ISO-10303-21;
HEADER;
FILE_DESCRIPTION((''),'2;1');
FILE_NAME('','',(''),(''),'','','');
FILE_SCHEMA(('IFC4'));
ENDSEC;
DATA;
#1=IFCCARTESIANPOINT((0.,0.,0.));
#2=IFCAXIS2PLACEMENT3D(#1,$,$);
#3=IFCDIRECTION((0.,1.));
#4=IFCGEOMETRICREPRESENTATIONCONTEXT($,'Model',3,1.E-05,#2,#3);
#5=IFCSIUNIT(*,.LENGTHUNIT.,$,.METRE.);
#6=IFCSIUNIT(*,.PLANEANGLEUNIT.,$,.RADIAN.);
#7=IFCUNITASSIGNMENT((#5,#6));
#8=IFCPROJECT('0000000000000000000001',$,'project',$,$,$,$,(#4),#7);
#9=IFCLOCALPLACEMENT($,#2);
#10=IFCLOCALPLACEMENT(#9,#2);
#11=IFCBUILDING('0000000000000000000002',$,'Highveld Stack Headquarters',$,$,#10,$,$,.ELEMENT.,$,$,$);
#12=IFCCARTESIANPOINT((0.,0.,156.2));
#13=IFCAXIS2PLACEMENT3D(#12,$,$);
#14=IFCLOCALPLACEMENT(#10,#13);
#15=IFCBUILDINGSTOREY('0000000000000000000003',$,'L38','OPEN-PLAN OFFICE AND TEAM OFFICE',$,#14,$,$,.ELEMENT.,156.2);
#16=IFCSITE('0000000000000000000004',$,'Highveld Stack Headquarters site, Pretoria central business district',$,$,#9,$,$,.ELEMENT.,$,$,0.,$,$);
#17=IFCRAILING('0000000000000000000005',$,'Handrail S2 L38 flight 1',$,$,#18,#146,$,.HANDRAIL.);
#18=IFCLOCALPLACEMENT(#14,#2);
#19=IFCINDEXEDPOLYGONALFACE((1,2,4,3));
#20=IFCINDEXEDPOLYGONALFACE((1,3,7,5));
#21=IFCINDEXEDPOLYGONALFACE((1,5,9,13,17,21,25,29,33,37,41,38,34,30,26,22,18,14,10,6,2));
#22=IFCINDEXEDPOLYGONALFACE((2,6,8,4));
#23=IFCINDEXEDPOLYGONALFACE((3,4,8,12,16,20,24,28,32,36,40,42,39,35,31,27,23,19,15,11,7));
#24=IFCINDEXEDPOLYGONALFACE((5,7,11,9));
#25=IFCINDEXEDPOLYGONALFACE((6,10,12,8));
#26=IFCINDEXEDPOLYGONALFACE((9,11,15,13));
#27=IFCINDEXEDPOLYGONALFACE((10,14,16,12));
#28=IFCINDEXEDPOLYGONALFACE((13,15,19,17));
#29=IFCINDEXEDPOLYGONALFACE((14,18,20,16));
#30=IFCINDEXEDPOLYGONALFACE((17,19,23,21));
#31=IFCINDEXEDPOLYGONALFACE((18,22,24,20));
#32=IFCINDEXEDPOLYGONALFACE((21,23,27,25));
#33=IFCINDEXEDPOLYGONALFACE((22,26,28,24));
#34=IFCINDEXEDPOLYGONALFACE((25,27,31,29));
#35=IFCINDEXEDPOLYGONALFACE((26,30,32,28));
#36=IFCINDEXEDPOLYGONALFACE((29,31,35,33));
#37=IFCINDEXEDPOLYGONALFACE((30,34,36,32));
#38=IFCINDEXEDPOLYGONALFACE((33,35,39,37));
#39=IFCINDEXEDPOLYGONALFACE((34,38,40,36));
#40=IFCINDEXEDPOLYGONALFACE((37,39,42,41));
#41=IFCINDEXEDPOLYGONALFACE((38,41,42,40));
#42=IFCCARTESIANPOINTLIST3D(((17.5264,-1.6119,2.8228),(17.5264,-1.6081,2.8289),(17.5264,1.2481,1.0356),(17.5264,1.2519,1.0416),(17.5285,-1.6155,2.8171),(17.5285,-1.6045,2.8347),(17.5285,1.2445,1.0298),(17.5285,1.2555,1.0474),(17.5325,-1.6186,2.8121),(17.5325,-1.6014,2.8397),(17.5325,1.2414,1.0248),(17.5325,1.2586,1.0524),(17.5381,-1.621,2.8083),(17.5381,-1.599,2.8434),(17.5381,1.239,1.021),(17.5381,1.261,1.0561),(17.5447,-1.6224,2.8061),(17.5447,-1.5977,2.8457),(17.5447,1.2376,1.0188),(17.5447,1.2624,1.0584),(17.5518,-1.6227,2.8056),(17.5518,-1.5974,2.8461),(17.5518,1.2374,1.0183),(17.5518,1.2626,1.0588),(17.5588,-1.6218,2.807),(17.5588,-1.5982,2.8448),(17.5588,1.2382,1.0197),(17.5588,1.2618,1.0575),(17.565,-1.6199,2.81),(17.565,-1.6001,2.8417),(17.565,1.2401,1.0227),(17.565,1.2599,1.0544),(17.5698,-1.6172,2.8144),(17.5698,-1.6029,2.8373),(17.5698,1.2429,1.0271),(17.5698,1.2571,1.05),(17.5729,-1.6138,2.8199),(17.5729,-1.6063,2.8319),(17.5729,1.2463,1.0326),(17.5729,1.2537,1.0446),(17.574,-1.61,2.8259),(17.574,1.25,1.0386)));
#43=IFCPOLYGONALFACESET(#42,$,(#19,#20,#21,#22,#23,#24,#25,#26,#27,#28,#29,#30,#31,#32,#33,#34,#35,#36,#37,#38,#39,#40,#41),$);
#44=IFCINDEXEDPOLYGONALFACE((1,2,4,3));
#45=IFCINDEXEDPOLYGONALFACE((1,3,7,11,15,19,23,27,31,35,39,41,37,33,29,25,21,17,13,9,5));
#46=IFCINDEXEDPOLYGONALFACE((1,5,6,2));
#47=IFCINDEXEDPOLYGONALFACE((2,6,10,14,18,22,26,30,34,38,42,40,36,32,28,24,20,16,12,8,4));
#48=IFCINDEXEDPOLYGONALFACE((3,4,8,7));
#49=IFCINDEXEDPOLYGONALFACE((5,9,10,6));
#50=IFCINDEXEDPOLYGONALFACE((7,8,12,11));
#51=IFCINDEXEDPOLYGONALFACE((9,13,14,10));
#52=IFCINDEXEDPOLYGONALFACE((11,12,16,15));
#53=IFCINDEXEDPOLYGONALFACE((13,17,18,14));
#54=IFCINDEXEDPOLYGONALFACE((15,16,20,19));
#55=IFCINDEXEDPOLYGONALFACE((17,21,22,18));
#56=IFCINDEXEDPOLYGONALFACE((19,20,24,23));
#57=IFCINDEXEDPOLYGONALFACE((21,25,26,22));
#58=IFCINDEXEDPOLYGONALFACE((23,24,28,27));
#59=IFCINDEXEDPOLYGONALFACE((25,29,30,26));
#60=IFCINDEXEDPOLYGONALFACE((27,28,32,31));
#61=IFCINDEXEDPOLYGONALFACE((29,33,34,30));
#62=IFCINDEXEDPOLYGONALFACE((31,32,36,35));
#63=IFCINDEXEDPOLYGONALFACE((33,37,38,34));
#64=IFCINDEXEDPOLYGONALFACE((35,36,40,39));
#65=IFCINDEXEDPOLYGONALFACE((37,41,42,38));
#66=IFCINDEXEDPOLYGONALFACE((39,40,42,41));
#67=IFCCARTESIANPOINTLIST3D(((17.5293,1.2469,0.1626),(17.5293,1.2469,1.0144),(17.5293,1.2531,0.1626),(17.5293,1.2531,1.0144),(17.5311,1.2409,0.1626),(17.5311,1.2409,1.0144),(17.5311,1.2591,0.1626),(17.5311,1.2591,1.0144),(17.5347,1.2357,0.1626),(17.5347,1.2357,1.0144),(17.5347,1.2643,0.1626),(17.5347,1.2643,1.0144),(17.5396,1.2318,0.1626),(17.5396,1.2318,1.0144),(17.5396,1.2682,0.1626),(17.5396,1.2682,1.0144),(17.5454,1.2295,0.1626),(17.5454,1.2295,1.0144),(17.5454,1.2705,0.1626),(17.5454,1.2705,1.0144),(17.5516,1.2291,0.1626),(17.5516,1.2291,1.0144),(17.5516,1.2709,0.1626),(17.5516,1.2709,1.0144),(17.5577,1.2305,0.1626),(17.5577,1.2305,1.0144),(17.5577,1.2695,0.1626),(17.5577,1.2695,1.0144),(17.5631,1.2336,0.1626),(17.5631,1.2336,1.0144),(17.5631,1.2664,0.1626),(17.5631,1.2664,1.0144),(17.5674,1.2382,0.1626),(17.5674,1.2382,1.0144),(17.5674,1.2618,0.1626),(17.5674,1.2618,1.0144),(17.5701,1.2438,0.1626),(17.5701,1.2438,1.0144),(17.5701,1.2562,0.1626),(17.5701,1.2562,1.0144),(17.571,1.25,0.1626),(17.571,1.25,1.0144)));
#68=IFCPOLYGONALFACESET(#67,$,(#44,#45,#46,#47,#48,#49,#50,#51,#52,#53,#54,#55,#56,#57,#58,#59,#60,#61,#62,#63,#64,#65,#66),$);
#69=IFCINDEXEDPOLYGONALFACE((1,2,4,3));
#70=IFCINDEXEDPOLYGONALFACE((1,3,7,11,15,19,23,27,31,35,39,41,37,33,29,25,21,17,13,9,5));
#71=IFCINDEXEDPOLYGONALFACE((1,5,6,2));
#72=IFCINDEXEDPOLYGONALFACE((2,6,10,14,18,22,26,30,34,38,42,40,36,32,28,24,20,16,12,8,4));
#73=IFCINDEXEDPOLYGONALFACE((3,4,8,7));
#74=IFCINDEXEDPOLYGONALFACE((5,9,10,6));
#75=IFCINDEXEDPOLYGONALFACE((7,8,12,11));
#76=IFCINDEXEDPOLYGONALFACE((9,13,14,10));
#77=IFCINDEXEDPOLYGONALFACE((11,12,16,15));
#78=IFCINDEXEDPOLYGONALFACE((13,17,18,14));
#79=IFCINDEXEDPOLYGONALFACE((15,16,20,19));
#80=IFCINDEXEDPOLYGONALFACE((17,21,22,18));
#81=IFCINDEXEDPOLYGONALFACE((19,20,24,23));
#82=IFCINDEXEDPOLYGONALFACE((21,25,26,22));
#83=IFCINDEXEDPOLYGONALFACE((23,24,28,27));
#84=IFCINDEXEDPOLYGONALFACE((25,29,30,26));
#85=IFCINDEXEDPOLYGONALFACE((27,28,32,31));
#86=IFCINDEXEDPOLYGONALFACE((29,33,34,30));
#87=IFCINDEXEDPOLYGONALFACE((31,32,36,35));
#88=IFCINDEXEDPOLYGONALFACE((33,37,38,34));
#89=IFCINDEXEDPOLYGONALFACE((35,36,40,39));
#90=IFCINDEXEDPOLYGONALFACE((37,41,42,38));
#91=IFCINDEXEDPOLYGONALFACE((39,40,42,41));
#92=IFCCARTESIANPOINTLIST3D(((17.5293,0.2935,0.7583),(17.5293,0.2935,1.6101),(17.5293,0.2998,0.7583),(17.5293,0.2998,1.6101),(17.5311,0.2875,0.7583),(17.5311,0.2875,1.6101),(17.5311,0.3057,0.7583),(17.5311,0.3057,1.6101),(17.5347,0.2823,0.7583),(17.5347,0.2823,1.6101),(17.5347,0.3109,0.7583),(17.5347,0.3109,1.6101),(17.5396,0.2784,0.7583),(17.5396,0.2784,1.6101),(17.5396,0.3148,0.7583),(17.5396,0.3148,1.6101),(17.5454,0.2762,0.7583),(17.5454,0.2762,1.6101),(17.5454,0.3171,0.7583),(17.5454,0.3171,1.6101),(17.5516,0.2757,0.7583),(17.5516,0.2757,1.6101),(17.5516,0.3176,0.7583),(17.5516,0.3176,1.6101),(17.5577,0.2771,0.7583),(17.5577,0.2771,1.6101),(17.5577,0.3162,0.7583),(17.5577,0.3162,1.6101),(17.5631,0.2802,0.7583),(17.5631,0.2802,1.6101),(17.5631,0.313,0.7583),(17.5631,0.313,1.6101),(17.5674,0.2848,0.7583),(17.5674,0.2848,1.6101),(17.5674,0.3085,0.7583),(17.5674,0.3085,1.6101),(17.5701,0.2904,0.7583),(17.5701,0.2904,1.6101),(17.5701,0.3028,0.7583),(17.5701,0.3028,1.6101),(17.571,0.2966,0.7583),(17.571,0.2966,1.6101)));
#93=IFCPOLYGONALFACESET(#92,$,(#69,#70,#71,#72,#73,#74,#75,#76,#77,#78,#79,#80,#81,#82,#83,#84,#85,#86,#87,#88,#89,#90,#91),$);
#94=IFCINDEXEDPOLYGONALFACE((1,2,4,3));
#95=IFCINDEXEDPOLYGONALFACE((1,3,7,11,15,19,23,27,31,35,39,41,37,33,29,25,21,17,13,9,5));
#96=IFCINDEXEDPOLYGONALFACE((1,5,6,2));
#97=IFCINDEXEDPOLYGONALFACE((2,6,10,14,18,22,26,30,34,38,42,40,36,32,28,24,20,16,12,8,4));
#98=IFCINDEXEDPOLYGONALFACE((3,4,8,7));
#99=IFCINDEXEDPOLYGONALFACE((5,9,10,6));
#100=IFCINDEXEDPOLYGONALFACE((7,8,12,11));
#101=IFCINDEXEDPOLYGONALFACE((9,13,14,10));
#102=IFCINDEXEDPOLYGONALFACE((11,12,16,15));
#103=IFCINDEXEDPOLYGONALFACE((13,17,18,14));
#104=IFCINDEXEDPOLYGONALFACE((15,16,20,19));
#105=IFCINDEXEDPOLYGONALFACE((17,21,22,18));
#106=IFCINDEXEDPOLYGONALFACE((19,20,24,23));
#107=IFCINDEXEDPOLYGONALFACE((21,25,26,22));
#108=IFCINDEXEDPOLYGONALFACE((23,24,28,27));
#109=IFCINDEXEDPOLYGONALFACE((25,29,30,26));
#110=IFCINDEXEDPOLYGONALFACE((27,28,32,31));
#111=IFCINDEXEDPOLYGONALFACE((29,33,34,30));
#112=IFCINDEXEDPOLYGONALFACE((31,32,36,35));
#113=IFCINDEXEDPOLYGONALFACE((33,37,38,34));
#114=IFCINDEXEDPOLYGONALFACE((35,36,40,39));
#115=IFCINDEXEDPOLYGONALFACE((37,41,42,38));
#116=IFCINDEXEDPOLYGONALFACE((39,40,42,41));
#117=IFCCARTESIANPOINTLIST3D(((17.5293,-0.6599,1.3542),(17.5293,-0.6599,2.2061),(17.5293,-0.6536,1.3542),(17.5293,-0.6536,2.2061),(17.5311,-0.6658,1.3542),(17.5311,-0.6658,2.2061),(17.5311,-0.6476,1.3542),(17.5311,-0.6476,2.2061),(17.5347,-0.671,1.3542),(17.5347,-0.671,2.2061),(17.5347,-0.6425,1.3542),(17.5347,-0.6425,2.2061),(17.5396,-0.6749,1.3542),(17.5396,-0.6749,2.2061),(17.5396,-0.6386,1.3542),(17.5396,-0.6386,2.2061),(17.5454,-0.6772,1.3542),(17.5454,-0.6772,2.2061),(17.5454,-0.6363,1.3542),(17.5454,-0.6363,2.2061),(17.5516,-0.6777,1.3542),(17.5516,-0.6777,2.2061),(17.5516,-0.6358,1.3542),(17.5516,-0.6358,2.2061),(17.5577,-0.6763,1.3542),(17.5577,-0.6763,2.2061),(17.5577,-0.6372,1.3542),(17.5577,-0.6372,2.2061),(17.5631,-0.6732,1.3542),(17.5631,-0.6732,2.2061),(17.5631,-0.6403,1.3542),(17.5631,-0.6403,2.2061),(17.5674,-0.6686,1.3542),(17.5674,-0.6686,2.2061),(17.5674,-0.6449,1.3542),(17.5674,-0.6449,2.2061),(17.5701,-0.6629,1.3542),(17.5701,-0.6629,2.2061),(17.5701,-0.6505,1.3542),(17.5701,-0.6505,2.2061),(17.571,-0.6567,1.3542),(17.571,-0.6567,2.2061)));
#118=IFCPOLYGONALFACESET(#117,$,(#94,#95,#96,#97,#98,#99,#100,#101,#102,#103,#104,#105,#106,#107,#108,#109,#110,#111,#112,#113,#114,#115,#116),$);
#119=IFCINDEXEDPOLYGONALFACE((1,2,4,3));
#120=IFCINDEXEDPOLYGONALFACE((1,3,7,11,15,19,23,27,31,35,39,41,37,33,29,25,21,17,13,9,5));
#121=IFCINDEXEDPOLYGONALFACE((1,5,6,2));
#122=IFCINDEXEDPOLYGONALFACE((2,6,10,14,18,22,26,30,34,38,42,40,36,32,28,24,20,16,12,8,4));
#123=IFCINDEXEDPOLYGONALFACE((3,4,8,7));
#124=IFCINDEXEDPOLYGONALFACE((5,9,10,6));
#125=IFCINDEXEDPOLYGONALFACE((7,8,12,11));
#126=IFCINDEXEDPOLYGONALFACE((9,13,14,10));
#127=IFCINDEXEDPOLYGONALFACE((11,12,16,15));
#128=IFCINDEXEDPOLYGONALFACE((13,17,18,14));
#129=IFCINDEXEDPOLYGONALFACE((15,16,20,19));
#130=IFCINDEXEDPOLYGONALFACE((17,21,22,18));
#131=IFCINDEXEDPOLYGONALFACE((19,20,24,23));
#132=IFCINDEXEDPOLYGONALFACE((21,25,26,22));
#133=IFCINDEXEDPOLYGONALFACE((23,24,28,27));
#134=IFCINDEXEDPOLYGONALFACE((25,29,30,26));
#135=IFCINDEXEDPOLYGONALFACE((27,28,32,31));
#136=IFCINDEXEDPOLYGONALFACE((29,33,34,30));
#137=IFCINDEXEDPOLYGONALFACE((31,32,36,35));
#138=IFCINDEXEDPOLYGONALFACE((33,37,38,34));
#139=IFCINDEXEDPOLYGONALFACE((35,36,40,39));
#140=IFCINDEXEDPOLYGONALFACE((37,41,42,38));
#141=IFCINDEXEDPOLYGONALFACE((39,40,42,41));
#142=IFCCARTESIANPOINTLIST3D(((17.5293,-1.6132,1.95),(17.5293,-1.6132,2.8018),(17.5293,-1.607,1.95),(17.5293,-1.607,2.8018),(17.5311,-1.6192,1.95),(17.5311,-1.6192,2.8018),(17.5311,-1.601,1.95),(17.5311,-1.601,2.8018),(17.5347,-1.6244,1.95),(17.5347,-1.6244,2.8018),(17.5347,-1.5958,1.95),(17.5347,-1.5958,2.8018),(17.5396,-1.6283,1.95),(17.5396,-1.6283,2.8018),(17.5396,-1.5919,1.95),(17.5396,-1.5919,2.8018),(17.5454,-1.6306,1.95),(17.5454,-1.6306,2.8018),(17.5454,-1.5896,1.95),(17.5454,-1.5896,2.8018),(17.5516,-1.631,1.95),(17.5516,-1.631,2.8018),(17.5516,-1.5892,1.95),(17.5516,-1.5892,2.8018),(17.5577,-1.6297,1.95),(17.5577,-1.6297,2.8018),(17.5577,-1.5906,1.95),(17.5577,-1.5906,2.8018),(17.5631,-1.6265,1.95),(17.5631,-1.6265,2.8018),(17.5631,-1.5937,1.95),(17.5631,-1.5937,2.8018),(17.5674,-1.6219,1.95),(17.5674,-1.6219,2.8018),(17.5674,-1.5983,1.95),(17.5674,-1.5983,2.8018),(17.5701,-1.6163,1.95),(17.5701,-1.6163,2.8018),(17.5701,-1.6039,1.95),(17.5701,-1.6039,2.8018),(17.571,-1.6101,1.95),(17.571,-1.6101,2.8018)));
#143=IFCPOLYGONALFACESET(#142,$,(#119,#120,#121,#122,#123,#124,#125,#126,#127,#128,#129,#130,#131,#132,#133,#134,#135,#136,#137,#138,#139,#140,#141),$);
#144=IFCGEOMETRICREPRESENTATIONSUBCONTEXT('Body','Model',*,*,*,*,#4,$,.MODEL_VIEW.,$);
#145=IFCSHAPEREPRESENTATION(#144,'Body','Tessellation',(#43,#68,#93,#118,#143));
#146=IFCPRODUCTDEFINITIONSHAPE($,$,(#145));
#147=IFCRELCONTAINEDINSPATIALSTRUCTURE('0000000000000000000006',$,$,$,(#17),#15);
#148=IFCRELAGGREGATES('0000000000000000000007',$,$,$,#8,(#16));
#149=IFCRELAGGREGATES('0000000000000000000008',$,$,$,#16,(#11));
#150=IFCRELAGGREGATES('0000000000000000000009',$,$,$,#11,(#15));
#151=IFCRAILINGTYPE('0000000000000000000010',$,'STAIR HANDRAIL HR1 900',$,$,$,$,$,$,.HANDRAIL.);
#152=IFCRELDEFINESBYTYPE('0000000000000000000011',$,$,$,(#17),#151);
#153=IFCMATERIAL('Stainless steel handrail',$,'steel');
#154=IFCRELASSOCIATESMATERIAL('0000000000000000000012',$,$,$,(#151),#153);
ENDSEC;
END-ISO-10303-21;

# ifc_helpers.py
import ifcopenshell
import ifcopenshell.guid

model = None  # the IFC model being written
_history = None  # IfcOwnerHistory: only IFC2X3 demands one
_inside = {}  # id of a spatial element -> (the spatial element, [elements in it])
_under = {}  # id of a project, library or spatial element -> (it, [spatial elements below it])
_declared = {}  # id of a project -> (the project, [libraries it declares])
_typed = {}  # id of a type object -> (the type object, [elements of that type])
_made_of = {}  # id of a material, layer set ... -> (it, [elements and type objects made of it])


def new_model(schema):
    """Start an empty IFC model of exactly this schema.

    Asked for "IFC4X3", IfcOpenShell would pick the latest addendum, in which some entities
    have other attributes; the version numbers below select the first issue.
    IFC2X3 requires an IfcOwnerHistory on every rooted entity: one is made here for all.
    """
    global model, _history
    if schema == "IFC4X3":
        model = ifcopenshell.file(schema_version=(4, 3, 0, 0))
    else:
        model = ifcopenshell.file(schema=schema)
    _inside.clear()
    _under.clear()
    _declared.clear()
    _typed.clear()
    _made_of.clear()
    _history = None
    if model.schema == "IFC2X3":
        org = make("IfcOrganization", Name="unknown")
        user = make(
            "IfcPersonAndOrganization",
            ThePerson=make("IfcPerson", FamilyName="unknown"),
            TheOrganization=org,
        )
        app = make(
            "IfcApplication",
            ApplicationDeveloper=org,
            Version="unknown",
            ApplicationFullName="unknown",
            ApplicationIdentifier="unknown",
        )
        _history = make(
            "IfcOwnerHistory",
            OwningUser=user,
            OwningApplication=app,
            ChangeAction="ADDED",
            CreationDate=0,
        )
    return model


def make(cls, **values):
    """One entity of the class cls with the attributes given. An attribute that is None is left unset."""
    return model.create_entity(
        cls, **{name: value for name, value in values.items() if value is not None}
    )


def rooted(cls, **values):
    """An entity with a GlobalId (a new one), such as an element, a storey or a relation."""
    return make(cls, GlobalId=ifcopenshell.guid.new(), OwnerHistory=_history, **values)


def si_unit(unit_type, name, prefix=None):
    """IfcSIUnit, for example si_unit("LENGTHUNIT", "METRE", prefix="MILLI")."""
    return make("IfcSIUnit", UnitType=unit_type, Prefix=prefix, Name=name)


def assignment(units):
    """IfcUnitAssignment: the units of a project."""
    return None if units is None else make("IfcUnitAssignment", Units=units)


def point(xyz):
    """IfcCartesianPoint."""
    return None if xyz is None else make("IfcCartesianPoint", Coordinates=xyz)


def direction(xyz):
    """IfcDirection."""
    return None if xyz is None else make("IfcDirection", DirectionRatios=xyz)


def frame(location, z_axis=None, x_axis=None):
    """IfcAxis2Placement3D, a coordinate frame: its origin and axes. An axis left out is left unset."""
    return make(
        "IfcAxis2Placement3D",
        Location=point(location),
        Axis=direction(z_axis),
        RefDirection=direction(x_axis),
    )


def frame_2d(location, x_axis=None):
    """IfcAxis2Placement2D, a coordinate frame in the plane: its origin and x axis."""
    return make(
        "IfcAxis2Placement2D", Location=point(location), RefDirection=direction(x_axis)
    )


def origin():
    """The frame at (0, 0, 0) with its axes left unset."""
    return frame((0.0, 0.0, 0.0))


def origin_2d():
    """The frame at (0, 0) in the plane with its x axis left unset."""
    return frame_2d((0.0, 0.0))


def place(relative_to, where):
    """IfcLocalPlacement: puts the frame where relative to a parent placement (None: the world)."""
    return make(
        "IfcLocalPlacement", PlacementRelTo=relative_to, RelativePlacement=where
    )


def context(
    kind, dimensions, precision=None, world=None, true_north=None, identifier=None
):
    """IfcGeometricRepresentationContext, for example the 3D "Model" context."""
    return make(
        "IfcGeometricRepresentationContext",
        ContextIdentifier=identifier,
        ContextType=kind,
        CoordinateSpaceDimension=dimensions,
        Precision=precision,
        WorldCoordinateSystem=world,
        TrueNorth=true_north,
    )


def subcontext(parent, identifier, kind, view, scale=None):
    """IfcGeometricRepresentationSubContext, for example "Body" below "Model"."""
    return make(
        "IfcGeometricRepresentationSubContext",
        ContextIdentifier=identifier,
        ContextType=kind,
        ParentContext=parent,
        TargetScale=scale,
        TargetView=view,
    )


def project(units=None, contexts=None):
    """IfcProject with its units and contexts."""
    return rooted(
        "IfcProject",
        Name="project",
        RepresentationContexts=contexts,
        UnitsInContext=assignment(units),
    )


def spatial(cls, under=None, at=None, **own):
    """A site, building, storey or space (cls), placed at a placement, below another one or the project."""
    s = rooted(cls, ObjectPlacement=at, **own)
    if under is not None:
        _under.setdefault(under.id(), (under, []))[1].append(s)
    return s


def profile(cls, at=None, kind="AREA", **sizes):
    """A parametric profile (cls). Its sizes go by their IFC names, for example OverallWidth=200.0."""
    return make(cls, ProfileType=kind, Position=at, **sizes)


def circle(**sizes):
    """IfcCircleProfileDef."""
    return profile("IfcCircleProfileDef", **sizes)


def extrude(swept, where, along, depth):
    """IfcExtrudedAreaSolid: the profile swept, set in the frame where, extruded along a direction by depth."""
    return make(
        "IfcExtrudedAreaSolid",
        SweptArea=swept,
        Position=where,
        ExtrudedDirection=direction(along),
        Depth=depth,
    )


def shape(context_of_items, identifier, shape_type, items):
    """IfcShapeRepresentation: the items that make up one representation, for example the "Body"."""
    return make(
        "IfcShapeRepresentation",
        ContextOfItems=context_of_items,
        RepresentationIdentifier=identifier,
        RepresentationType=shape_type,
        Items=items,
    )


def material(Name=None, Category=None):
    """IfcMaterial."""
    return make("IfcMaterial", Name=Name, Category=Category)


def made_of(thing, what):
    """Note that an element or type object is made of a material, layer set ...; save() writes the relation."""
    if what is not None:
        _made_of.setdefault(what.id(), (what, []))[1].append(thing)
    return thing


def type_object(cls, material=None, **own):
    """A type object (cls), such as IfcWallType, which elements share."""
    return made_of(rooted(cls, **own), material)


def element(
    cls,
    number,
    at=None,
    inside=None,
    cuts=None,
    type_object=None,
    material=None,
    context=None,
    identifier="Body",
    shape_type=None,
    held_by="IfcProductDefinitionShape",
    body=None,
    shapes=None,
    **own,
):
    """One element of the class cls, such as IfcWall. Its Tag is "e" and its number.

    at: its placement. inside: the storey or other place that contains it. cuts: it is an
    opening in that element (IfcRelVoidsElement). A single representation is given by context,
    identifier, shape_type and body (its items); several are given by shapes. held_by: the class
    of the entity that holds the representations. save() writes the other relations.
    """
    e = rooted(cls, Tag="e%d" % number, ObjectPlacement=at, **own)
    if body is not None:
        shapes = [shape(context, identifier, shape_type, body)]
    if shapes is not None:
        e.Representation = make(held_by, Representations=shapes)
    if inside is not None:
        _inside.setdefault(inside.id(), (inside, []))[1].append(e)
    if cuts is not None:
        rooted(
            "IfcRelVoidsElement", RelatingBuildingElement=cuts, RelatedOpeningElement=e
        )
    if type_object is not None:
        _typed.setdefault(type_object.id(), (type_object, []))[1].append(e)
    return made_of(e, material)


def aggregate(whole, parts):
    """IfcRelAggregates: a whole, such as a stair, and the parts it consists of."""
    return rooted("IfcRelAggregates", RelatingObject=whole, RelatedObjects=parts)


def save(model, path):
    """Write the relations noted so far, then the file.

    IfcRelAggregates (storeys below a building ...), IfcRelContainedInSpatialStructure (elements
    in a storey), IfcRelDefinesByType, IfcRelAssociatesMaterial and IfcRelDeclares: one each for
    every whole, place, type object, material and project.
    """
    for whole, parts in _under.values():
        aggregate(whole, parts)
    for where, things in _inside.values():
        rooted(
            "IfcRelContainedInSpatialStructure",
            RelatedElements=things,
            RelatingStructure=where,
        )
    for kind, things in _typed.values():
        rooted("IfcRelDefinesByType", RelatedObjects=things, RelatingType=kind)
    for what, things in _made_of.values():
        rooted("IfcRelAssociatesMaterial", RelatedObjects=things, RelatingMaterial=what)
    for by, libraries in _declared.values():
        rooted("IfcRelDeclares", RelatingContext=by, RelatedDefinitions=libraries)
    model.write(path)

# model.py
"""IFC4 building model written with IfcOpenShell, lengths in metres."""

from ifc_helpers import new_model, si_unit, direction, frame, origin, origin_2d, place, context, subcontext, project, spatial, circle, extrude, material, type_object, element, save


model = new_model("IFC4")

# Units and contexts
model_context = context("Model", 3, precision=1e-05, world=origin(), true_north=direction((0.0, 1.0)))
body_context = subcontext(model_context, "Body", "Model", "MODEL_VIEW")
ifc_project = project(units=[si_unit("LENGTHUNIT", "METRE"), si_unit("PLANEANGLEUNIT", "RADIAN")], contexts=[model_context])

# Site, building, storey
site_placement = place(None, origin())
site = spatial("IfcSite", under=ifc_project, at=site_placement, Name="Highveld Stack Headquarters site, Pretoria central business district", CompositionType="ELEMENT", RefElevation=0.0)
building_placement = place(site_placement, origin())
building = spatial("IfcBuilding", under=site, at=building_placement, Name="Highveld Stack Headquarters", CompositionType="ELEMENT")
storey_placement = place(building_placement, frame((0.0, 0.0, 156.2)))
storey = spatial("IfcBuildingStorey", under=building, at=storey_placement, Name="L38", Description="OPEN-PLAN OFFICE AND TEAM OFFICE", CompositionType="ELEMENT", Elevation=156.2)

# Railing
ifc_material_1 = material(Name="Stainless steel handrail", Category="steel")
railing_type = type_object("IfcRailingType", Name="STAIR HANDRAIL HR1 900", PredefinedType="HANDRAIL", material=ifc_material_1)
for number, where, name in (
    (1, (17.55, 1.25, 0.1626), "Handrail S2 L38 flight 1"),
):
    element("IfcRailing", number, at=place(storey_placement, frame(where)), inside=storey, type_object=railing_type, Name=name, PredefinedType="HANDRAIL", context=body_context, shape_type="SweptSolid", body=[
        extrude(circle(Radius=0.0239, at=origin_2d()), frame((0.0, 0.0, 0.876), z_axis=(0.0, -0.848027, 0.529953), x_axis=(1.0, 0.0, 0.0)), (0.0, 0.0, 1.0), 3.3726),
        extrude(circle(Radius=0.021, at=origin_2d()), origin(), (0.0, 0.0, 1.0), 0.8518),
        extrude(circle(Radius=0.021, at=origin_2d()), frame((0.0, -0.9534, 0.5957)), (0.0, 0.0, 1.0), 0.8518),
        extrude(circle(Radius=0.021, at=origin_2d()), frame((0.0, -1.9067, 1.1917)), (0.0, 0.0, 1.0), 0.8518),
        extrude(circle(Radius=0.021, at=origin_2d()), frame((0.0, -2.8601, 1.7874)), (0.0, 0.0, 1.0), 0.8518),
    ])

save(model, "model.ifc")
